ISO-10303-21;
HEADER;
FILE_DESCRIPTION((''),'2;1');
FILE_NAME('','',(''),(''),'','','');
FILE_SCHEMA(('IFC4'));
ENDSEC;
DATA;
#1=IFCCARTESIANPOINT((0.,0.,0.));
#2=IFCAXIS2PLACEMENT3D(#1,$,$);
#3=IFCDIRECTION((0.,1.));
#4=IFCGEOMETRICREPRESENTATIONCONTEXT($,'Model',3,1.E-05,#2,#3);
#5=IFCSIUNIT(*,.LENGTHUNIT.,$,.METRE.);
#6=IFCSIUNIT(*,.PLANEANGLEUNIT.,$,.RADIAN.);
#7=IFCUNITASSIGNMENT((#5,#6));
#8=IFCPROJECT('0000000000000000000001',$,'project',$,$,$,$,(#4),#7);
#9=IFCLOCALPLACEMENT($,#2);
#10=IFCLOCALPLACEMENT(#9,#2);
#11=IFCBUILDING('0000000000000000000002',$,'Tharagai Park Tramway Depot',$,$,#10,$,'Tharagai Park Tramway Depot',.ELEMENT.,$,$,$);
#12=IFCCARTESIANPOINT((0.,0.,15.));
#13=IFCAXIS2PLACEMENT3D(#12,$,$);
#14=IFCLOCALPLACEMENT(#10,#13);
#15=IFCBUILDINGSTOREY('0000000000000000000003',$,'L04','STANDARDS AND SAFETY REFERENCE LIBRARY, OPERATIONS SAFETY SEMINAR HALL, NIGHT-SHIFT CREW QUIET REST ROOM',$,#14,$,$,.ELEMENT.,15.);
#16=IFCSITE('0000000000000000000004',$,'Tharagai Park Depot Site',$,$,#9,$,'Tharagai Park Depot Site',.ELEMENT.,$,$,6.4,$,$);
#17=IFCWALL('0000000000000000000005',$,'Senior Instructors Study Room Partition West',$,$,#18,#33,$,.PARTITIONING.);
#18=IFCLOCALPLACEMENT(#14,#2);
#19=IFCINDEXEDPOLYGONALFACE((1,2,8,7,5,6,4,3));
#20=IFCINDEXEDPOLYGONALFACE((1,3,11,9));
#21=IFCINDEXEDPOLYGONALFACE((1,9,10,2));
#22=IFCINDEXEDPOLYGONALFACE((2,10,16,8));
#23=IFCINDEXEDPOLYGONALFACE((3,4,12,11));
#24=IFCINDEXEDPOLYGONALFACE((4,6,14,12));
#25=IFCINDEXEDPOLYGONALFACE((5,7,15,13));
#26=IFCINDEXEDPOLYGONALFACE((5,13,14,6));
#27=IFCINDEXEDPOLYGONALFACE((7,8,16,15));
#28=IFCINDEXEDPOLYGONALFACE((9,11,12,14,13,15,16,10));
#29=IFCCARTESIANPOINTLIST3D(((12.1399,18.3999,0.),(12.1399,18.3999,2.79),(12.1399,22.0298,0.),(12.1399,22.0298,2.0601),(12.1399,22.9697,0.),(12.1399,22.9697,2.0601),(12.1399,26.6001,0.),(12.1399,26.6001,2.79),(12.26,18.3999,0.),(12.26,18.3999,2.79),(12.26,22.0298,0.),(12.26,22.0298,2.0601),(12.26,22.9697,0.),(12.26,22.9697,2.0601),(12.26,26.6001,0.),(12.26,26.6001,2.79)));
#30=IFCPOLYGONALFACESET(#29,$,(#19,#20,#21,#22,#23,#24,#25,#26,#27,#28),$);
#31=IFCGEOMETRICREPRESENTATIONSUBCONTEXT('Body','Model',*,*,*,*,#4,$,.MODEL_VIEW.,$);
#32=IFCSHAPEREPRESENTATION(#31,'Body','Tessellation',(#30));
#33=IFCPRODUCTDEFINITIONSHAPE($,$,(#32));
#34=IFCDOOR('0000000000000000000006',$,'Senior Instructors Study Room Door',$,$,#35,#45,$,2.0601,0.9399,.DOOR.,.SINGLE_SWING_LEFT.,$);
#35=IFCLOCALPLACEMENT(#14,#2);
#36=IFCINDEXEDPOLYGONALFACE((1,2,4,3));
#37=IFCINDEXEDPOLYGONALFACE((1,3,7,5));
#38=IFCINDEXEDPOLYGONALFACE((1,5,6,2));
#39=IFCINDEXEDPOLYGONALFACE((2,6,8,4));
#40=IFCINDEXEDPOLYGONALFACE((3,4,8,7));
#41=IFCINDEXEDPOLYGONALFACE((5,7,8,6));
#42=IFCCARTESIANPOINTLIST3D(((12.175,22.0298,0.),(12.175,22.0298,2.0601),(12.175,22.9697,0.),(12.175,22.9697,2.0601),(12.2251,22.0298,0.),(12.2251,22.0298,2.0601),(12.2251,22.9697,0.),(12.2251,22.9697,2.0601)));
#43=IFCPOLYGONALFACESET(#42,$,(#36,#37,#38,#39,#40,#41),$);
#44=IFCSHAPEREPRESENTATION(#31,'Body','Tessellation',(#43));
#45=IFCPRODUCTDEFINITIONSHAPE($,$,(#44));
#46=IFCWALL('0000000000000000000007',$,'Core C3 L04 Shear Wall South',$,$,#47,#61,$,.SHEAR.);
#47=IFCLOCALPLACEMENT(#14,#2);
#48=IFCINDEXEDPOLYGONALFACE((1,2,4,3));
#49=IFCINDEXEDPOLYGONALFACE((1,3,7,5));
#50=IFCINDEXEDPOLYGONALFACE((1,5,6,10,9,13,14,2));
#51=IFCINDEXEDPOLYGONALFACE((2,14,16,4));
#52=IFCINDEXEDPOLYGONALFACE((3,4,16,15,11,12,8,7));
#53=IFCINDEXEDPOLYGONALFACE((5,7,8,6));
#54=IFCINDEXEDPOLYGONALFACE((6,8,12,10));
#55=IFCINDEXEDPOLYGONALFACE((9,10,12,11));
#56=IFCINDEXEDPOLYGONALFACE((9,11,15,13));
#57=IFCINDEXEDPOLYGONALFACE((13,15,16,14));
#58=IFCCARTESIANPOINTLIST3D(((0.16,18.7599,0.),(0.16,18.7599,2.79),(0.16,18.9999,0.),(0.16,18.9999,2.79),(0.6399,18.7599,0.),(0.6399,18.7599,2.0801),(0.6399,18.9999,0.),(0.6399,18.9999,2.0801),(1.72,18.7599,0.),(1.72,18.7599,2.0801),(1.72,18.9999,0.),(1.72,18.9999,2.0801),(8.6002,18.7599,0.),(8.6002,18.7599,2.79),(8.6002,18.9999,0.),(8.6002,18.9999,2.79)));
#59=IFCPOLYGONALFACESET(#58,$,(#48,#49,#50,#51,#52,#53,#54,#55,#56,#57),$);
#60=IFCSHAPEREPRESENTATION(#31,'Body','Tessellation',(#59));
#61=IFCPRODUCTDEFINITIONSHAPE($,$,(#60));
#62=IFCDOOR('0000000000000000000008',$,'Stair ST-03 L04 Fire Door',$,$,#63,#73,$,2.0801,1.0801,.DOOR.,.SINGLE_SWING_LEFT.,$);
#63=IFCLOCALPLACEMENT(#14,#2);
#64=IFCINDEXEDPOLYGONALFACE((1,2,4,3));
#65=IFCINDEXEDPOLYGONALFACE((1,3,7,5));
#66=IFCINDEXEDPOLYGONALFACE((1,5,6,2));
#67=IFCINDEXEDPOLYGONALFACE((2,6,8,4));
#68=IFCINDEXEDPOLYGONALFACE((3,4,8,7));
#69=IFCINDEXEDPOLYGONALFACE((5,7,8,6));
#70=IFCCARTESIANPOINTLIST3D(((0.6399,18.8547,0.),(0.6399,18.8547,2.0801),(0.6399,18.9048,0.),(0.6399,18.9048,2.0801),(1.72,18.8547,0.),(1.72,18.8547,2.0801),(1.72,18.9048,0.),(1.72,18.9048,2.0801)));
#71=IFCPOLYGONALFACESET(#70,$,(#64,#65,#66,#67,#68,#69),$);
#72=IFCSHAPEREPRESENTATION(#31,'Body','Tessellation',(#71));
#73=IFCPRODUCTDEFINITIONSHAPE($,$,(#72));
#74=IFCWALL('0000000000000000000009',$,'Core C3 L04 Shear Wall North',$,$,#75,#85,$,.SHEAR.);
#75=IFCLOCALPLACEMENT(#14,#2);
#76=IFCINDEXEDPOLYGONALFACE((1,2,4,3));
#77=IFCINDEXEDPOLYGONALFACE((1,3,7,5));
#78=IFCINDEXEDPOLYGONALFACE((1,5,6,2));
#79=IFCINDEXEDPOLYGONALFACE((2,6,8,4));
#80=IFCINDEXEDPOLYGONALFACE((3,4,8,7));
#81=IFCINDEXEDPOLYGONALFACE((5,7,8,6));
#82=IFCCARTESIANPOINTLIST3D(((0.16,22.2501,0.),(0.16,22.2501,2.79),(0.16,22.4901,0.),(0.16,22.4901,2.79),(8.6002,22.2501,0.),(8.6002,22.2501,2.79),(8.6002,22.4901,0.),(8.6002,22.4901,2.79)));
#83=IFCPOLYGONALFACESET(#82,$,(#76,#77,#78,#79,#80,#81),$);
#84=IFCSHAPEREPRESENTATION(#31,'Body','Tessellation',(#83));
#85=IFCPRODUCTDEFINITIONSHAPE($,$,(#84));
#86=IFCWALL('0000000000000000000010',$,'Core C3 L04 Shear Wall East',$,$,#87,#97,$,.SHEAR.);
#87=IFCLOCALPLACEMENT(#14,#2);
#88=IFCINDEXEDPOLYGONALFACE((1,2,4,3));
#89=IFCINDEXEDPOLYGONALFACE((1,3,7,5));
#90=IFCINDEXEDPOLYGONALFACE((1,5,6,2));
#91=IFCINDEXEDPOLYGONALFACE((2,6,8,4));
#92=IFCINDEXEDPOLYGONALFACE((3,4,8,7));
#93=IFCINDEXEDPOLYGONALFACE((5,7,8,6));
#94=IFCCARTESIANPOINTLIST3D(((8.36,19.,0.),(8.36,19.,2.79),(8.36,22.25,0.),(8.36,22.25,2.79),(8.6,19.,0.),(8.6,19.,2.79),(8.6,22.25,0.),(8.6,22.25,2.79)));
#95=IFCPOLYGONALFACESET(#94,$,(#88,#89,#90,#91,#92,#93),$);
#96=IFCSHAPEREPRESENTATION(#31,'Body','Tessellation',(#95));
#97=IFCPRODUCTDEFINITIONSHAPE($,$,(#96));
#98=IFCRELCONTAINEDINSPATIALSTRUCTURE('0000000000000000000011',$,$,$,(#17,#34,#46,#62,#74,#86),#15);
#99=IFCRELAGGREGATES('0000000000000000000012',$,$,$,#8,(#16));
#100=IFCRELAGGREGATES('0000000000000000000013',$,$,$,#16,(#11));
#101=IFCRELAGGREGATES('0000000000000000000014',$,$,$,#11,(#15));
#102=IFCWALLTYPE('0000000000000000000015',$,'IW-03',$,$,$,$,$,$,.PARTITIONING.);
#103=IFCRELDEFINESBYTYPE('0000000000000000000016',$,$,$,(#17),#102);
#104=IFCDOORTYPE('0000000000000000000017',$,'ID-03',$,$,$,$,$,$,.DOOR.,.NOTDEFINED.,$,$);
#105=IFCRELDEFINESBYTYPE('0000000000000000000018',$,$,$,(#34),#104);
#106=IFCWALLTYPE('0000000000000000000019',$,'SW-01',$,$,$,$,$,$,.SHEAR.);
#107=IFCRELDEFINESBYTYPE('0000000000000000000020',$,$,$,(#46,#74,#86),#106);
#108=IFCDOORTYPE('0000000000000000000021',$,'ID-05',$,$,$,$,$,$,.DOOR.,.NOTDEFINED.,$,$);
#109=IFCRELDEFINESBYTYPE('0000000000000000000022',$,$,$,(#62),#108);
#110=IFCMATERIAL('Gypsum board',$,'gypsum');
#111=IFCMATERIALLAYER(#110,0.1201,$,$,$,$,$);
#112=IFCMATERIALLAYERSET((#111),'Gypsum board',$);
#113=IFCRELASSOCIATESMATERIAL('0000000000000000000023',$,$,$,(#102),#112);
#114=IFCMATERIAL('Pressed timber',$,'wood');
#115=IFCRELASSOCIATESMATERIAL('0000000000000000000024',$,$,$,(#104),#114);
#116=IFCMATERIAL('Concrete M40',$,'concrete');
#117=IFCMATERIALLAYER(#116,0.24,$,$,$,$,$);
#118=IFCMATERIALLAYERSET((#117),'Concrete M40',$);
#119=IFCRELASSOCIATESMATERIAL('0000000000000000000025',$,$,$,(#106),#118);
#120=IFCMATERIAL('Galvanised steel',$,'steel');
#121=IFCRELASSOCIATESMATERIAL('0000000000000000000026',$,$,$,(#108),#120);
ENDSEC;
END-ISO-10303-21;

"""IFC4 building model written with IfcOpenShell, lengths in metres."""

from ifc_helpers import new_model, si_unit, direction, frame, frame_2d, origin, place, context, subcontext, project, spatial, rectangle, extrude, material, layer, layer_set, type_object, element, fill, save


model = new_model("IFC4")

# Units and contexts
model_context = context("Model", 3, precision=1e-05, world=origin(), true_north=direction((0.0, 1.0)))
body_context = subcontext(model_context, "Body", "Model", "MODEL_VIEW")
ifc_project = project(units=[si_unit("LENGTHUNIT", "METRE"), si_unit("PLANEANGLEUNIT", "RADIAN")], contexts=[model_context])

# Site, building, storey
site_placement = place(None, origin())
site = spatial("IfcSite", under=ifc_project, at=site_placement, Name="Tharagai Park Depot Site", LongName="Tharagai Park Depot Site", CompositionType="ELEMENT", RefElevation=6.4)
building_placement = place(site_placement, origin())
building = spatial("IfcBuilding", under=site, at=building_placement, Name="Tharagai Park Tramway Depot", LongName="Tharagai Park Tramway Depot", CompositionType="ELEMENT")
storey_placement = place(building_placement, frame((0.0, 0.0, 15.0)))
storey = spatial("IfcBuildingStorey", under=building, at=storey_placement, Name="L04", Description="STANDARDS AND SAFETY REFERENCE LIBRARY, OPERATIONS SAFETY SEMINAR HALL, NIGHT-SHIFT CREW QUIET REST ROOM", CompositionType="ELEMENT", Elevation=15.0)

# Shared definitions
ifc_material_1 = material(Name="Concrete M40", Category="concrete")

# Shared definitions
ifc_material_2 = material(Name="Gypsum board", Category="gypsum")
ifc_layer_1 = layer(ifc_material_2, 0.1201)
ifc_layer_set_1 = layer_set([ifc_layer_1], Name="Gypsum board")
wall_type_1 = type_object("IfcWallType", Name="IW-03", PredefinedType="PARTITIONING", material=ifc_layer_set_1)

# Walls, openings, doors
wall_1_placement = place(storey_placement, frame((12.2, 18.3999, 0.0), z_axis=(0.0, 0.0, 1.0), x_axis=(0.0, 1.0, 0.0)))
wall_1 = element("IfcWall", 1, at=wall_1_placement, inside=storey, type_object=wall_type_1, Name="Senior Instructors Study Room Partition West", PredefinedType="PARTITIONING", context=body_context, shape_type="SweptSolid", body=[
    extrude(rectangle(XDim=8.2002, YDim=0.1201, at=frame_2d((4.1001, 0.0))), origin(), (0.0, 0.0, 1.0), 2.79),
])
opening_1_placement = place(wall_1_placement, frame((3.6299, 0.0, 0.0)))
opening_1 = element("IfcOpeningElement", 2, at=opening_1_placement, cuts=wall_1, PredefinedType="OPENING", context=body_context, shape_type="SweptSolid", body=[
    extrude(rectangle(XDim=0.9399, YDim=2.0601, at=frame_2d((0.47, 1.03))), frame((0.0, 0.0701, 0.0), z_axis=(0.0, -1.0, 0.0), x_axis=(1.0, 0.0, 0.0)), (0.0, 0.0, 1.0), 0.1401),
])
ifc_material_3 = material(Name="Pressed timber", Category="wood")
door_type_1 = type_object("IfcDoorType", Name="ID-03", OperationType="NOTDEFINED", PredefinedType="DOOR", material=ifc_material_3)
door_1_placement = place(opening_1_placement, origin())
door_1 = element("IfcDoor", 3, at=door_1_placement, inside=storey, type_object=door_type_1, Name="Senior Instructors Study Room Door", OperationType="SINGLE_SWING_LEFT", OverallHeight=2.0601, OverallWidth=0.9399, PredefinedType="DOOR", context=body_context, shape_type="SweptSolid", body=[
    extrude(rectangle(XDim=0.9399, YDim=2.0601, at=frame_2d((0.47, 1.03))), frame((0.0, 0.0249, 0.0), z_axis=(0.0, -1.0, 0.0), x_axis=(1.0, 0.0, 0.0)), (0.0, 0.0, 1.0), 0.05),
])
fill(opening_1, door_1)
ifc_layer_2 = layer(ifc_material_1, 0.24)
ifc_layer_set_2 = layer_set([ifc_layer_2], Name="Concrete M40")
wall_type_2 = type_object("IfcWallType", Name="SW-01", PredefinedType="SHEAR", material=ifc_layer_set_2)
wall_2_placement = place(storey_placement, frame((0.1599, 18.8799, 0.0), z_axis=(0.0, 0.0, 1.0), x_axis=(1.0, 0.0, 0.0)))
wall_2 = element("IfcWall", 4, at=wall_2_placement, inside=storey, type_object=wall_type_2, Name="Core C3 L04 Shear Wall South", PredefinedType="SHEAR", context=body_context, shape_type="SweptSolid", body=[
    extrude(rectangle(XDim=8.4402, YDim=0.24, at=frame_2d((4.2202, 0.0))), origin(), (0.0, 0.0, 1.0), 2.79),
])
opening_2_placement = place(wall_2_placement, frame((0.48, 0.0, 0.0)))
opening_2 = element("IfcOpeningElement", 5, at=opening_2_placement, cuts=wall_2, PredefinedType="OPENING", context=body_context, shape_type="SweptSolid", body=[
    extrude(rectangle(XDim=1.0801, YDim=2.0801, at=frame_2d((0.54, 1.04))), frame((0.0, 0.1299, 0.0), z_axis=(0.0, -1.0, 0.0), x_axis=(1.0, 0.0, 0.0)), (0.0, 0.0, 1.0), 0.26),
])
ifc_material_4 = material(Name="Galvanised steel", Category="steel")
door_type_2 = type_object("IfcDoorType", Name="ID-05", OperationType="NOTDEFINED", PredefinedType="DOOR", material=ifc_material_4)
door_2_placement = place(opening_2_placement, origin())
door_2 = element("IfcDoor", 6, at=door_2_placement, inside=storey, type_object=door_type_2, Name="Stair ST-03 L04 Fire Door", OperationType="SINGLE_SWING_LEFT", OverallHeight=2.0801, OverallWidth=1.0801, PredefinedType="DOOR", context=body_context, shape_type="SweptSolid", body=[
    extrude(rectangle(XDim=1.0801, YDim=2.0801, at=frame_2d((0.54, 1.04))), frame((0.0, 0.0249, 0.0), z_axis=(0.0, -1.0, 0.0), x_axis=(1.0, 0.0, 0.0)), (0.0, 0.0, 1.0), 0.05),
])
fill(opening_2, door_2)

# Walls
wall_3_placement = place(storey_placement, frame((0.1599, 22.3701, 0.0), z_axis=(0.0, 0.0, 1.0), x_axis=(1.0, 0.0, 0.0)))
element("IfcWall", 7, at=wall_3_placement, inside=storey, type_object=wall_type_2, Name="Core C3 L04 Shear Wall North", PredefinedType="SHEAR", context=body_context, shape_type="SweptSolid", body=[
    extrude(rectangle(XDim=8.4402, YDim=0.24, at=frame_2d((4.2202, 0.0))), origin(), (0.0, 0.0, 1.0), 2.79),
])
wall_4_placement = place(storey_placement, frame((8.48, 19.0, 0.0), z_axis=(0.0, 0.0, 1.0), x_axis=(0.0, 1.0, 0.0)))
element("IfcWall", 8, at=wall_4_placement, inside=storey, type_object=wall_type_2, Name="Core C3 L04 Shear Wall East", PredefinedType="SHEAR", context=body_context, shape_type="SweptSolid", body=[
    extrude(rectangle(XDim=3.25, YDim=0.24, at=frame_2d((1.625, 0.0))), origin(), (0.0, 0.0, 1.0), 2.79),
])

save(model, "model.ifc")
